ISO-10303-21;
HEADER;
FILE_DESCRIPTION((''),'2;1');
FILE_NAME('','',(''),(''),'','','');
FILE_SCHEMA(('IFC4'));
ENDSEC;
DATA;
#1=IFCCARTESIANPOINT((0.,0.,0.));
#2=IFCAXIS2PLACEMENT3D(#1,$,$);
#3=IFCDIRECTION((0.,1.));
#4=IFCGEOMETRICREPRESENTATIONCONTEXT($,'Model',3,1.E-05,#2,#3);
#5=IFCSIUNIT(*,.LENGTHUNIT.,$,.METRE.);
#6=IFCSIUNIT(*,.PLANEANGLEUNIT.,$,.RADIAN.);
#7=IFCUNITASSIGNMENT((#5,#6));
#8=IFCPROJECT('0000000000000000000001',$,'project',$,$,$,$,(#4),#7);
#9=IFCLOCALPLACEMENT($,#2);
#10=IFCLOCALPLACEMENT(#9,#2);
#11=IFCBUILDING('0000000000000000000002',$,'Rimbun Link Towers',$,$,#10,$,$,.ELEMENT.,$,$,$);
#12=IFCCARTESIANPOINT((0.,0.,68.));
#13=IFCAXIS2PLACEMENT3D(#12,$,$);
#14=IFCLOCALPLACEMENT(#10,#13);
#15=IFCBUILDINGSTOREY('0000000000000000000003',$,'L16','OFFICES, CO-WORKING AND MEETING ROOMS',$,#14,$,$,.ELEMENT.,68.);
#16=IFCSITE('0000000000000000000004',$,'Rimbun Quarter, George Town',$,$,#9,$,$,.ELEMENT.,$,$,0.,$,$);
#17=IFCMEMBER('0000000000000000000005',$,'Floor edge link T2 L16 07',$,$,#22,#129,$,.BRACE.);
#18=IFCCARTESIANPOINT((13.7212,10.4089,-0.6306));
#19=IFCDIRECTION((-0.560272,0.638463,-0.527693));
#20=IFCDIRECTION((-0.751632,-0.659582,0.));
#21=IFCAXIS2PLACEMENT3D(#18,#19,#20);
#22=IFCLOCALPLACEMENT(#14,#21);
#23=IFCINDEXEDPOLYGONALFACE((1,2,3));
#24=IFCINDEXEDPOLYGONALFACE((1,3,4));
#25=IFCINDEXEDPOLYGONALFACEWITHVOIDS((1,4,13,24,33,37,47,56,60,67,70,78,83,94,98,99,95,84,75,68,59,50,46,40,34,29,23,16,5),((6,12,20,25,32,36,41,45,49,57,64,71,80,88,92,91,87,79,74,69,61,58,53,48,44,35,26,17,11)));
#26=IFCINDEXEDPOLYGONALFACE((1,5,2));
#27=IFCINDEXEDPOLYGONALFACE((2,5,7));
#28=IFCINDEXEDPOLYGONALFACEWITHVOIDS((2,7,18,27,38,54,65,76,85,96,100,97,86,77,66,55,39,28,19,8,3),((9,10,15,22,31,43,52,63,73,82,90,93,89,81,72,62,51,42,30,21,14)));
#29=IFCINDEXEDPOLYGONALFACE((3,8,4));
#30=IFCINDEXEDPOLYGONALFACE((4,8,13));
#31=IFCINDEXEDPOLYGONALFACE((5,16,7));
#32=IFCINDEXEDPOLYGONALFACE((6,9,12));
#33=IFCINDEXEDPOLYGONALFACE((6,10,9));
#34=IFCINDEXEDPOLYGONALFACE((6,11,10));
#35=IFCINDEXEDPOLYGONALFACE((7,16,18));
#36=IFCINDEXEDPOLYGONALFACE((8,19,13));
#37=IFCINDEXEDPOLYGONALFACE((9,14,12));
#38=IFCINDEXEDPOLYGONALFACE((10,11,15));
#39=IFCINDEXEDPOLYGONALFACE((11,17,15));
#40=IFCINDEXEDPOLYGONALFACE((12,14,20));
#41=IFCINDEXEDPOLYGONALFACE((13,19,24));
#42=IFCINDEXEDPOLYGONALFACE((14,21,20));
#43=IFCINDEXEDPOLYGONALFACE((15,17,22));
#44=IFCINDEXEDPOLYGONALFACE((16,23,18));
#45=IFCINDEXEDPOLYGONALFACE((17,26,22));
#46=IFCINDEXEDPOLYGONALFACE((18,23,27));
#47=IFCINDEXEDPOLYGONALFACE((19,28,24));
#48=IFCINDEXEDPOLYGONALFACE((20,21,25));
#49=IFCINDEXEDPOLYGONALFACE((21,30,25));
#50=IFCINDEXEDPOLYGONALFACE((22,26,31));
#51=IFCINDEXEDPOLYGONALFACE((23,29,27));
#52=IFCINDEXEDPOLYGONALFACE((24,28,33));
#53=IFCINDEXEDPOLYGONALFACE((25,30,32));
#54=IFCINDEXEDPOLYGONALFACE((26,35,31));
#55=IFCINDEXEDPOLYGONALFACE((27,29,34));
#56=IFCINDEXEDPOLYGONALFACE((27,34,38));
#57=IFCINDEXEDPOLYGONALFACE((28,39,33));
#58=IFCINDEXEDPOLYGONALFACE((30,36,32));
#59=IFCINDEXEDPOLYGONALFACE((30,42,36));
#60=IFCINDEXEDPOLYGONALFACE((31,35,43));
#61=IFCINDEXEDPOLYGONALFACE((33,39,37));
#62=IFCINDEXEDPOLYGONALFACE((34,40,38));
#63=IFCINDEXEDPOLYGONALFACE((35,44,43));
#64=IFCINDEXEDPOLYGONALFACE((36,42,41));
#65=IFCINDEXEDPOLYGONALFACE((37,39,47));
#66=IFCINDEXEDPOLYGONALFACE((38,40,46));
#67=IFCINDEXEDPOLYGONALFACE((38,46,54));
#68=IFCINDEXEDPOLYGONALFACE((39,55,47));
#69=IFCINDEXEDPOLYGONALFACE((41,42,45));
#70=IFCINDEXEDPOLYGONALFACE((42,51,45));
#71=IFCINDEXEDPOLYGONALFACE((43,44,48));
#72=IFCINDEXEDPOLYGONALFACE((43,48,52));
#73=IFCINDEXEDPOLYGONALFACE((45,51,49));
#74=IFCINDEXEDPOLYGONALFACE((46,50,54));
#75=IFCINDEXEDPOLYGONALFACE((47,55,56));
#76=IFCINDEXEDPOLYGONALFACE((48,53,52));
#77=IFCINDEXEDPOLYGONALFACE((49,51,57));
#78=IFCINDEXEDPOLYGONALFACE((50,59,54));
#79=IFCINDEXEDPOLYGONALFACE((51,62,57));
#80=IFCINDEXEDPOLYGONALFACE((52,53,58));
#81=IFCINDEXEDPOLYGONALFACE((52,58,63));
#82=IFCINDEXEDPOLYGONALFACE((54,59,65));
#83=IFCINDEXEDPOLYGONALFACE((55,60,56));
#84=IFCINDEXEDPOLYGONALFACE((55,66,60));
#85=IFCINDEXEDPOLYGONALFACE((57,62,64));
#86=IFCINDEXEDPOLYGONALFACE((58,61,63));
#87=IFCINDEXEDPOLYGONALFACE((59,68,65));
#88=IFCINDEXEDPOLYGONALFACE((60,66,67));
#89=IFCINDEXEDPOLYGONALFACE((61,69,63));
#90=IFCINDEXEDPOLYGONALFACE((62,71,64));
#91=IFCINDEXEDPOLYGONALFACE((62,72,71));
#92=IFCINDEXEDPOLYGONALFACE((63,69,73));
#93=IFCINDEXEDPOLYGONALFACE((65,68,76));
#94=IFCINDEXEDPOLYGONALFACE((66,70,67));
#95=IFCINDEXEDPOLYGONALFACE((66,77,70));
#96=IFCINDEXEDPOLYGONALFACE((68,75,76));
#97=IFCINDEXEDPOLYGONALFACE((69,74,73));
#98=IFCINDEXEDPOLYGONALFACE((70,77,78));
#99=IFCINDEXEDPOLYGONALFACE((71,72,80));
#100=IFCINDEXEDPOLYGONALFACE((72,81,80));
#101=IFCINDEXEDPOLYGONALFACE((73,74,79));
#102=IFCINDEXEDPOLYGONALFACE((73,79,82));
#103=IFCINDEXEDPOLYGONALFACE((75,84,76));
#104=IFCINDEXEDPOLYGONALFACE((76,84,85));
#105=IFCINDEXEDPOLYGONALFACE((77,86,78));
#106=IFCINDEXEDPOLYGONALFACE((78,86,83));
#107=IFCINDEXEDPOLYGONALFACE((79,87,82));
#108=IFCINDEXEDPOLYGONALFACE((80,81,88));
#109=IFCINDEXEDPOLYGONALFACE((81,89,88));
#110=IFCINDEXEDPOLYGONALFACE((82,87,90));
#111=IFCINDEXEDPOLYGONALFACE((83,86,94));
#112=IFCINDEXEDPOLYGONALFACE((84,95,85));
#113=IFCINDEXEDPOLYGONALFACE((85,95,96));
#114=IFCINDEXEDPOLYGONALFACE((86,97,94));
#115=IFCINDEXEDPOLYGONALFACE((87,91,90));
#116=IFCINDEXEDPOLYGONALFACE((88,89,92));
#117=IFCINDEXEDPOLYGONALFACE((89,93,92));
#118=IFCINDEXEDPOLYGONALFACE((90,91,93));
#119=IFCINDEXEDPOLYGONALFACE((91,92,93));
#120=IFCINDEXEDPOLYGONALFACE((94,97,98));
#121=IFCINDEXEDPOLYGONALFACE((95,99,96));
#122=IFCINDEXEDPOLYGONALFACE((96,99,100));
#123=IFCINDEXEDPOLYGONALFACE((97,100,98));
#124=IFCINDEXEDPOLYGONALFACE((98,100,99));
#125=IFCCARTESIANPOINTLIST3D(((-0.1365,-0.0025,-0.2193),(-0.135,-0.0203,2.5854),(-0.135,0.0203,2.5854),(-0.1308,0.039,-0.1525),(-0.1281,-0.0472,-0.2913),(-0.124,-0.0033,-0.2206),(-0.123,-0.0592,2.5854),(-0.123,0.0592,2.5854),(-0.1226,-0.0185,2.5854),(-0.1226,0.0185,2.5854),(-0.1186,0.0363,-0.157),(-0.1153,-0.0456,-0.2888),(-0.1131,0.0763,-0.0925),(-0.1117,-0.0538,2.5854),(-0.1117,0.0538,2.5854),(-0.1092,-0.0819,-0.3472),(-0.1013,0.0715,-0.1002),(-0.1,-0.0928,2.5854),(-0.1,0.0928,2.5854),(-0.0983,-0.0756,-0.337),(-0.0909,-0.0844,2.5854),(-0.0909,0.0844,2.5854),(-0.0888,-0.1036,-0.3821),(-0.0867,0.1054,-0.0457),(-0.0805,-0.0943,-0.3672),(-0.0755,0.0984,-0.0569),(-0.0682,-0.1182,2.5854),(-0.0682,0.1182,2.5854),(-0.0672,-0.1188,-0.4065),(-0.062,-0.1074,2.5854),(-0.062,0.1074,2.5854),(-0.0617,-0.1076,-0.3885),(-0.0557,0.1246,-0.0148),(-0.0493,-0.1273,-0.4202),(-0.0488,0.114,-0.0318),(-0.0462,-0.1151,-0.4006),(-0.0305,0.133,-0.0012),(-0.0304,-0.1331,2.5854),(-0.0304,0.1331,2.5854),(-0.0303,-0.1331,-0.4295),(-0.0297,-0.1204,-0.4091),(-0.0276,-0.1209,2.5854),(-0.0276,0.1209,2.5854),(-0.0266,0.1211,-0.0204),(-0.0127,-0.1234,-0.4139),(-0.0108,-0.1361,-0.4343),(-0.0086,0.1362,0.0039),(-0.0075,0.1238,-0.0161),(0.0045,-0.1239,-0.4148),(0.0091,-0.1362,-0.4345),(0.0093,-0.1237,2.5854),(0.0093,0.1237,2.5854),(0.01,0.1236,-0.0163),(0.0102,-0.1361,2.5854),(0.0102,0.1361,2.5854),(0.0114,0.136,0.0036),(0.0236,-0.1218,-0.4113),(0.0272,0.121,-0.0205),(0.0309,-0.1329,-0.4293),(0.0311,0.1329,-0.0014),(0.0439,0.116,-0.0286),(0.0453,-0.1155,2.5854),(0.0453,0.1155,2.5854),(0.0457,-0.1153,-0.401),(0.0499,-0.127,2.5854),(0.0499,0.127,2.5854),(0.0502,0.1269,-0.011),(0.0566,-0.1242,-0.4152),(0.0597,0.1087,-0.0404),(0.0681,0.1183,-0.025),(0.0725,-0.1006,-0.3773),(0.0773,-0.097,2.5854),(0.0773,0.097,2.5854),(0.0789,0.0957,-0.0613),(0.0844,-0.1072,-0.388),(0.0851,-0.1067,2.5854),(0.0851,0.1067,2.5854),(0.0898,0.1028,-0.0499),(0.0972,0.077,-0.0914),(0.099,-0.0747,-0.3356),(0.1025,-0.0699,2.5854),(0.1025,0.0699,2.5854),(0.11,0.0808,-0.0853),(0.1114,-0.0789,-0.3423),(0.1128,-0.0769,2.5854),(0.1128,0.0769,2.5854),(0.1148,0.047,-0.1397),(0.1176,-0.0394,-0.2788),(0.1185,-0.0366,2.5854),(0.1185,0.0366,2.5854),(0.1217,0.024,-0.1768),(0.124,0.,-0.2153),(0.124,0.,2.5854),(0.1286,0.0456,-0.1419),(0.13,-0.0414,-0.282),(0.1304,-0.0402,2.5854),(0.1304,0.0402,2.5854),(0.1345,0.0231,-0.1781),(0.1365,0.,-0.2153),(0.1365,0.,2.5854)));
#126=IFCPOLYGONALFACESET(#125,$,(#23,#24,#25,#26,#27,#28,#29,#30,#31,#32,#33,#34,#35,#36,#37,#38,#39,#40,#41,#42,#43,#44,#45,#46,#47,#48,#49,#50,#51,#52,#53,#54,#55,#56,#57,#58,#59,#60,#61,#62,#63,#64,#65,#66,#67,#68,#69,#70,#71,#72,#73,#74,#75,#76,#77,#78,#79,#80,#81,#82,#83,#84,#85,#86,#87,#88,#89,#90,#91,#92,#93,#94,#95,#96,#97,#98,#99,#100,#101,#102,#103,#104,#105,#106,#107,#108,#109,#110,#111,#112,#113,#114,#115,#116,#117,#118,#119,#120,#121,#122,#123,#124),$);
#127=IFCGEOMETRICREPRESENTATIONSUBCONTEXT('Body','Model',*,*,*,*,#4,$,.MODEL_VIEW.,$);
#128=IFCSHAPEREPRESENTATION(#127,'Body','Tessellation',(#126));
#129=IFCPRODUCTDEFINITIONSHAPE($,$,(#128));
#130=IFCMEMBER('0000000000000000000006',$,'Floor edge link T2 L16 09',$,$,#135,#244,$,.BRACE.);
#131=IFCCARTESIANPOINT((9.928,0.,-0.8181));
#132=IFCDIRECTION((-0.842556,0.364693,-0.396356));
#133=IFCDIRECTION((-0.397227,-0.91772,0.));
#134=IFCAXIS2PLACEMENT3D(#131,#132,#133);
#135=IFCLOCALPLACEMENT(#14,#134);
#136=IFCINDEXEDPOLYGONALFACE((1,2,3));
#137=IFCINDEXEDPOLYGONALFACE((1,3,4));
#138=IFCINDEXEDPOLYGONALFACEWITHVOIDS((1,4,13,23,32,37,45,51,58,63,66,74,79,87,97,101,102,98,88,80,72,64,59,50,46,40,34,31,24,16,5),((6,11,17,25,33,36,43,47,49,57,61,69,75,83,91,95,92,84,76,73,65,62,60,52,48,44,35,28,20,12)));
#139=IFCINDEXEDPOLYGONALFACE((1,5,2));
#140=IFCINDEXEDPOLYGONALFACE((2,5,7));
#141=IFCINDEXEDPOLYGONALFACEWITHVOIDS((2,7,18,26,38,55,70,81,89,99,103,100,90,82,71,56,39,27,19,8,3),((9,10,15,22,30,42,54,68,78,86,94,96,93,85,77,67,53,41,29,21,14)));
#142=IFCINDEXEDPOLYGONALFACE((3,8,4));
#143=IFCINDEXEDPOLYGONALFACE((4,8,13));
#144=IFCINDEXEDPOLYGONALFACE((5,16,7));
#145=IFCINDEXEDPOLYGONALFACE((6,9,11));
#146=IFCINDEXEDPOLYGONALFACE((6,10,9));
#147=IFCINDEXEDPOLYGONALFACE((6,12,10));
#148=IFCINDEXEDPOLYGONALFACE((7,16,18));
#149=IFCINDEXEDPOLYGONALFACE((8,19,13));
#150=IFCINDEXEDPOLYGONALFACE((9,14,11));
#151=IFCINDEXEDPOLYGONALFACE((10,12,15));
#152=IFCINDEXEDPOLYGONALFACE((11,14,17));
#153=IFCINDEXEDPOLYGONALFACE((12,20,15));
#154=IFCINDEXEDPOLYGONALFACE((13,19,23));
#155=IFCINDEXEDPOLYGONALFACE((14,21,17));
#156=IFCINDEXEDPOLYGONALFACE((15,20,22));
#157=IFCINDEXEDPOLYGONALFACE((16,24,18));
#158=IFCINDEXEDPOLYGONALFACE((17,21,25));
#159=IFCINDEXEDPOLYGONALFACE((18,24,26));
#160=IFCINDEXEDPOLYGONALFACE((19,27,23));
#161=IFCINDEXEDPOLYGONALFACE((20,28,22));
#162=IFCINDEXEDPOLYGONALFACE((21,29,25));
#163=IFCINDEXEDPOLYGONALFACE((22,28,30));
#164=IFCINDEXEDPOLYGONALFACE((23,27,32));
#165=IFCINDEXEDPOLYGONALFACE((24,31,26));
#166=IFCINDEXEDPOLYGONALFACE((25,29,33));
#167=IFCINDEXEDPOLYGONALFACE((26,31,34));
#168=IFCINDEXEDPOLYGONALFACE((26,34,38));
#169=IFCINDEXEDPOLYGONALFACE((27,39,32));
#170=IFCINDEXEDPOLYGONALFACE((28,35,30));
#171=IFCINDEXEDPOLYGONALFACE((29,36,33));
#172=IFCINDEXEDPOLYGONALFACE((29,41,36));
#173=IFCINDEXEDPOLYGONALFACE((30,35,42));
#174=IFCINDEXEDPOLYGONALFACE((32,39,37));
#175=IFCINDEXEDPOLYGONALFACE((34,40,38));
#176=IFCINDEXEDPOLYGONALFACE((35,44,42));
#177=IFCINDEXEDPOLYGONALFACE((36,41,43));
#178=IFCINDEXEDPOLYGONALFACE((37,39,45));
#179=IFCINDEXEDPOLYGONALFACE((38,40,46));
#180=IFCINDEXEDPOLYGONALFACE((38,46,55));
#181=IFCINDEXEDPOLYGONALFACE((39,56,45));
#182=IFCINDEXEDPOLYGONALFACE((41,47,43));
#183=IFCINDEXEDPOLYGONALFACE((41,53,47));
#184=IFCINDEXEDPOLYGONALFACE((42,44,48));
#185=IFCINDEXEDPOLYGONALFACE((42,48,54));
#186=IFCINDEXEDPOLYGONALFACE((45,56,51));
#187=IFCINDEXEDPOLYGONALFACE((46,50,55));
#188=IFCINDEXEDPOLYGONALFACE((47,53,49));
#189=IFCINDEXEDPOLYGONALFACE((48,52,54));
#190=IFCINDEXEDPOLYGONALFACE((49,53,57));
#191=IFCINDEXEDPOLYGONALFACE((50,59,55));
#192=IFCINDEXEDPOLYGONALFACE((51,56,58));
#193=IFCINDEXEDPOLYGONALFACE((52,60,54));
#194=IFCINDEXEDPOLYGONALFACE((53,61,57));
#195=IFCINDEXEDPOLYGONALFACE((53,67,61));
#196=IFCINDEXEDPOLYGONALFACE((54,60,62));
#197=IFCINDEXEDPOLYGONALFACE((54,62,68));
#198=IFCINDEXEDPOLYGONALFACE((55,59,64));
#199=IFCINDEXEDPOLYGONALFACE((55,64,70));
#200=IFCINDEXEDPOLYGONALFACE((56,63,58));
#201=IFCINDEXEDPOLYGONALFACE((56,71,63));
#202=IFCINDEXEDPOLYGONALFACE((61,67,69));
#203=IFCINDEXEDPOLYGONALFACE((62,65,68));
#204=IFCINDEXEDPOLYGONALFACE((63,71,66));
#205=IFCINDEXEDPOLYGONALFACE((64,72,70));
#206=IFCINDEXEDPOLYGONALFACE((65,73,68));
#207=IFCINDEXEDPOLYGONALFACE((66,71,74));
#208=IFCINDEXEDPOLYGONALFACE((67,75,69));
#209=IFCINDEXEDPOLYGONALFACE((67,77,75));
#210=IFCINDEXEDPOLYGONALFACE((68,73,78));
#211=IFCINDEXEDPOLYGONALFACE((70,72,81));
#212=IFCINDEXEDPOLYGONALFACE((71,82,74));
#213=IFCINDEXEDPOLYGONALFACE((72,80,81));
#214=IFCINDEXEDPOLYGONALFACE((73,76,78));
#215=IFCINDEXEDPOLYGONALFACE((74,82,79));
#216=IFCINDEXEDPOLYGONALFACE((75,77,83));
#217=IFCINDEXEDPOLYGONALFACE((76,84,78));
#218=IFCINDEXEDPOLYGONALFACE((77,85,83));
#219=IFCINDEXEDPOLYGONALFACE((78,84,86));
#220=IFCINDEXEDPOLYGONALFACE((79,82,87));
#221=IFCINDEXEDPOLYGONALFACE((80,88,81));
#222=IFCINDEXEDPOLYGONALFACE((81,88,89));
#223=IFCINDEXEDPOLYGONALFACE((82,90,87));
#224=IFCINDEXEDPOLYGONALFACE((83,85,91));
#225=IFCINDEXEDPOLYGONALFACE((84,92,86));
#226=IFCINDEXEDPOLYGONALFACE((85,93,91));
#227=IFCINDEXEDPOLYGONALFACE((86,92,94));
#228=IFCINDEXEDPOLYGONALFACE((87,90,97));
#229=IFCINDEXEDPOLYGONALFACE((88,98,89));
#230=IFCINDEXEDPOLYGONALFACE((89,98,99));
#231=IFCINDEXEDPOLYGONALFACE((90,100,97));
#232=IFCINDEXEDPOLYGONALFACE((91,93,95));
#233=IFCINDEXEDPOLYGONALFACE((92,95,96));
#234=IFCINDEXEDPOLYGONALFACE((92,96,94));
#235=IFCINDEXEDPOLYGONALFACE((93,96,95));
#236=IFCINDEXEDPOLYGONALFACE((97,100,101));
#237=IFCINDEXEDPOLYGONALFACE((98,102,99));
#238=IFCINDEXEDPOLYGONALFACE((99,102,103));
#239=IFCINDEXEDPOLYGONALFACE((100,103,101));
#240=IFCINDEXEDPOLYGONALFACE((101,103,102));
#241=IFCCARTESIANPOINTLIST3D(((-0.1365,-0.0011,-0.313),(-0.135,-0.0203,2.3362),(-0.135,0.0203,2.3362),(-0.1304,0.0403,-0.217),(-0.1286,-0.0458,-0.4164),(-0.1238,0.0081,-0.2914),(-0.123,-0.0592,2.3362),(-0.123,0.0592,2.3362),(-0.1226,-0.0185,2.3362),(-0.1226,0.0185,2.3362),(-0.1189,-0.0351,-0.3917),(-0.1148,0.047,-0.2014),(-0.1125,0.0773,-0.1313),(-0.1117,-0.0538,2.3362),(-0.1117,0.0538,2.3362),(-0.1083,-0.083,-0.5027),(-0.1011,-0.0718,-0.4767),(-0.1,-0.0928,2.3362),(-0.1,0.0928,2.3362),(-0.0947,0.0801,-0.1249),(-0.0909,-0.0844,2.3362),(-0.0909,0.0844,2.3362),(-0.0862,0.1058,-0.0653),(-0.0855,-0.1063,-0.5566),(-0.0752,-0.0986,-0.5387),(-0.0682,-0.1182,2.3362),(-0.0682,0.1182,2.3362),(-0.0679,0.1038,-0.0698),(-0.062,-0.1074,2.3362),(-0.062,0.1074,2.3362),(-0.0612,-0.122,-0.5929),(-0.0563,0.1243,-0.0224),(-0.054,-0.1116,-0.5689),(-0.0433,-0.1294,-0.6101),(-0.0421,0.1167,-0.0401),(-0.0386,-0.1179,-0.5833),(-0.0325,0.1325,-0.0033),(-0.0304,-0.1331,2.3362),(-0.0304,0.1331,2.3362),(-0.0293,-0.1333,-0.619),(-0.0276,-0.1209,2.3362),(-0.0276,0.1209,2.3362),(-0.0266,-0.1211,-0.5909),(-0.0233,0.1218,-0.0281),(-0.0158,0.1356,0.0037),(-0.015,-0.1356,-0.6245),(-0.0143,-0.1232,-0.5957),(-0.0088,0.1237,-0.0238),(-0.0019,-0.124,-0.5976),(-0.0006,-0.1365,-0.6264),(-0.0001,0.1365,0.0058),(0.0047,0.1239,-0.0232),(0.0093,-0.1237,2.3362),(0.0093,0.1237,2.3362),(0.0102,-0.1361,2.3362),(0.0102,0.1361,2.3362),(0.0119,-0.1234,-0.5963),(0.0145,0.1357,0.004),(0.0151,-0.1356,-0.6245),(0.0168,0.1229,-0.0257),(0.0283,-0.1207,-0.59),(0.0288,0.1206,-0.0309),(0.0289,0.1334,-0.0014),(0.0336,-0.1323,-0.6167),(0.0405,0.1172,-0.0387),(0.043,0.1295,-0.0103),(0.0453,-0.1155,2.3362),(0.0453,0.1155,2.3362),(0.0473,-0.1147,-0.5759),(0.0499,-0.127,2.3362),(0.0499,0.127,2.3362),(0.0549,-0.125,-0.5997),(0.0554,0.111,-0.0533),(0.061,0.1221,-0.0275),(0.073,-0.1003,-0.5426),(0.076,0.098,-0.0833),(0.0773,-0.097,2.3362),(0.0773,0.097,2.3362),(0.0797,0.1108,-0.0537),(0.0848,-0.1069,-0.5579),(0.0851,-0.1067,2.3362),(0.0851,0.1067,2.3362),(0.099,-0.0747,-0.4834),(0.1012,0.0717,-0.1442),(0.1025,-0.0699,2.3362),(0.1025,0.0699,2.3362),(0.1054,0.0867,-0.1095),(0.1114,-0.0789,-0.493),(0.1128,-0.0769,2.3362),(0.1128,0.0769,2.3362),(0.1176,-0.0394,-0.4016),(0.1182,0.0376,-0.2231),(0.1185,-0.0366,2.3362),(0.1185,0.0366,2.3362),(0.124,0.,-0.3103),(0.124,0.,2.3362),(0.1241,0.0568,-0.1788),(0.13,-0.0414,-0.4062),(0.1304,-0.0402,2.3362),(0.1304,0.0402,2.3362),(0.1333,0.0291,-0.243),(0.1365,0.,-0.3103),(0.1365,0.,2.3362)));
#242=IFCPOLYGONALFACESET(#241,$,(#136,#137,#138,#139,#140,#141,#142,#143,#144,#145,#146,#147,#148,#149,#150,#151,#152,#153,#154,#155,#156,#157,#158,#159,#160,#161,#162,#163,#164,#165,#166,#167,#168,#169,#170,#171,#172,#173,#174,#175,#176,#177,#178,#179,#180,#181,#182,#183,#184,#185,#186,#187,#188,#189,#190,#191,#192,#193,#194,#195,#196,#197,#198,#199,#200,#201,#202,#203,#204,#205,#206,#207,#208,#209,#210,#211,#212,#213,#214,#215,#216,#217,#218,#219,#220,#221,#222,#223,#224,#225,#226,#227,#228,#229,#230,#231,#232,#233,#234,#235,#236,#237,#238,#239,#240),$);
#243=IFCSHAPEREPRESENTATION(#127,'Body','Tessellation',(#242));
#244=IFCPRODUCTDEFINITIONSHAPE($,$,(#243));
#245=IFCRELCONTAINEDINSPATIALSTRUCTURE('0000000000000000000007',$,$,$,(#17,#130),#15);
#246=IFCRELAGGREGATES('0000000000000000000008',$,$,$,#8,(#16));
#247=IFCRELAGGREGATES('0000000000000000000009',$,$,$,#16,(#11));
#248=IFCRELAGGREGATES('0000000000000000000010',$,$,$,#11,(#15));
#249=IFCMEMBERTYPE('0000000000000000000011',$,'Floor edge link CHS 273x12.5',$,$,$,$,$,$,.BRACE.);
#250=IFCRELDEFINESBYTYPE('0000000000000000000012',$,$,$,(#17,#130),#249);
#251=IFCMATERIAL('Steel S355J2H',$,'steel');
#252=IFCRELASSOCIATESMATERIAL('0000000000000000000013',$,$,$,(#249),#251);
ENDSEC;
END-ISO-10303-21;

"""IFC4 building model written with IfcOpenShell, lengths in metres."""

from ifc_helpers import new_model, si_unit, direction, frame, origin, origin_2d, place, context, subcontext, project, spatial, hollow_circle, extrude, clip, halfspace, material, material_profile, profile_set, type_object, element, save


model = new_model("IFC4")

# Units and contexts
model_context = context("Model", 3, precision=1e-05, world=origin(), true_north=direction((0.0, 1.0)))
body_context = subcontext(model_context, "Body", "Model", "MODEL_VIEW")
ifc_project = project(units=[si_unit("LENGTHUNIT", "METRE"), si_unit("PLANEANGLEUNIT", "RADIAN")], contexts=[model_context])

# Site, building, storey
site_placement = place(None, origin())
site = spatial("IfcSite", under=ifc_project, at=site_placement, Name="Rimbun Quarter, George Town", CompositionType="ELEMENT", RefElevation=0.0)
building_placement = place(site_placement, origin())
building = spatial("IfcBuilding", under=site, at=building_placement, Name="Rimbun Link Towers", CompositionType="ELEMENT")
storey_placement = place(building_placement, frame((0.0, 0.0, 68.0)))
storey = spatial("IfcBuildingStorey", under=building, at=storey_placement, Name="L16", Description="OFFICES, CO-WORKING AND MEETING ROOMS", CompositionType="ELEMENT", Elevation=68.0)

# Members
ifc_material_1 = material(Name="Steel S355J2H", Category="steel")
ifc_material_profile_1 = material_profile(ifc_material_1, hollow_circle(Radius=0.1365, WallThickness=0.0125, at=origin_2d()), Name="CHS 273x12.5")
ifc_profile_set_1 = profile_set([ifc_material_profile_1], Name="Steel S355J2H")
member_type_1 = type_object("IfcMemberType", Name="Floor edge link CHS 273x12.5", PredefinedType="BRACE", material=ifc_profile_set_1)
member_1_placement = place(storey_placement, frame((13.7212, 10.4089, -0.6306), z_axis=(-0.560272, 0.638463, -0.527693), x_axis=(-0.751632, -0.659582, 0.0)))
element("IfcMember", 1, at=member_1_placement, inside=storey, type_object=member_type_1, Name="Floor edge link T2 L16 07", PredefinedType="BRACE", context=body_context, shape_type="Clipping", body=[
    clip(extrude(hollow_circle(Radius=0.1365, WallThickness=0.0125, at=origin_2d()), frame((0.0, 0.0, -0.4585)), (0.0, 0.0, 1.0), 3.0439), halfspace(frame((0.0, 0.0, -0.2153), z_axis=(0.0, 0.849435, -0.527693)), False)),
])
member_2_placement = place(storey_placement, frame((9.928, 0.0, -0.8181), z_axis=(-0.842556, 0.364693, -0.396356), x_axis=(-0.397227, -0.91772, 0.0)))
element("IfcMember", 2, at=member_2_placement, inside=storey, type_object=member_type_1, Name="Floor edge link T2 L16 09", PredefinedType="BRACE", context=body_context, shape_type="Clipping", body=[
    clip(extrude(hollow_circle(Radius=0.1365, WallThickness=0.0125, at=origin_2d()), frame((0.0, 0.0, -0.6577)), (0.0, 0.0, 1.0), 2.9939), halfspace(frame((0.0, 0.0, -0.3103), z_axis=(0.0, 0.918097, -0.396356)), False)),
])

save(model, "model.ifc")
